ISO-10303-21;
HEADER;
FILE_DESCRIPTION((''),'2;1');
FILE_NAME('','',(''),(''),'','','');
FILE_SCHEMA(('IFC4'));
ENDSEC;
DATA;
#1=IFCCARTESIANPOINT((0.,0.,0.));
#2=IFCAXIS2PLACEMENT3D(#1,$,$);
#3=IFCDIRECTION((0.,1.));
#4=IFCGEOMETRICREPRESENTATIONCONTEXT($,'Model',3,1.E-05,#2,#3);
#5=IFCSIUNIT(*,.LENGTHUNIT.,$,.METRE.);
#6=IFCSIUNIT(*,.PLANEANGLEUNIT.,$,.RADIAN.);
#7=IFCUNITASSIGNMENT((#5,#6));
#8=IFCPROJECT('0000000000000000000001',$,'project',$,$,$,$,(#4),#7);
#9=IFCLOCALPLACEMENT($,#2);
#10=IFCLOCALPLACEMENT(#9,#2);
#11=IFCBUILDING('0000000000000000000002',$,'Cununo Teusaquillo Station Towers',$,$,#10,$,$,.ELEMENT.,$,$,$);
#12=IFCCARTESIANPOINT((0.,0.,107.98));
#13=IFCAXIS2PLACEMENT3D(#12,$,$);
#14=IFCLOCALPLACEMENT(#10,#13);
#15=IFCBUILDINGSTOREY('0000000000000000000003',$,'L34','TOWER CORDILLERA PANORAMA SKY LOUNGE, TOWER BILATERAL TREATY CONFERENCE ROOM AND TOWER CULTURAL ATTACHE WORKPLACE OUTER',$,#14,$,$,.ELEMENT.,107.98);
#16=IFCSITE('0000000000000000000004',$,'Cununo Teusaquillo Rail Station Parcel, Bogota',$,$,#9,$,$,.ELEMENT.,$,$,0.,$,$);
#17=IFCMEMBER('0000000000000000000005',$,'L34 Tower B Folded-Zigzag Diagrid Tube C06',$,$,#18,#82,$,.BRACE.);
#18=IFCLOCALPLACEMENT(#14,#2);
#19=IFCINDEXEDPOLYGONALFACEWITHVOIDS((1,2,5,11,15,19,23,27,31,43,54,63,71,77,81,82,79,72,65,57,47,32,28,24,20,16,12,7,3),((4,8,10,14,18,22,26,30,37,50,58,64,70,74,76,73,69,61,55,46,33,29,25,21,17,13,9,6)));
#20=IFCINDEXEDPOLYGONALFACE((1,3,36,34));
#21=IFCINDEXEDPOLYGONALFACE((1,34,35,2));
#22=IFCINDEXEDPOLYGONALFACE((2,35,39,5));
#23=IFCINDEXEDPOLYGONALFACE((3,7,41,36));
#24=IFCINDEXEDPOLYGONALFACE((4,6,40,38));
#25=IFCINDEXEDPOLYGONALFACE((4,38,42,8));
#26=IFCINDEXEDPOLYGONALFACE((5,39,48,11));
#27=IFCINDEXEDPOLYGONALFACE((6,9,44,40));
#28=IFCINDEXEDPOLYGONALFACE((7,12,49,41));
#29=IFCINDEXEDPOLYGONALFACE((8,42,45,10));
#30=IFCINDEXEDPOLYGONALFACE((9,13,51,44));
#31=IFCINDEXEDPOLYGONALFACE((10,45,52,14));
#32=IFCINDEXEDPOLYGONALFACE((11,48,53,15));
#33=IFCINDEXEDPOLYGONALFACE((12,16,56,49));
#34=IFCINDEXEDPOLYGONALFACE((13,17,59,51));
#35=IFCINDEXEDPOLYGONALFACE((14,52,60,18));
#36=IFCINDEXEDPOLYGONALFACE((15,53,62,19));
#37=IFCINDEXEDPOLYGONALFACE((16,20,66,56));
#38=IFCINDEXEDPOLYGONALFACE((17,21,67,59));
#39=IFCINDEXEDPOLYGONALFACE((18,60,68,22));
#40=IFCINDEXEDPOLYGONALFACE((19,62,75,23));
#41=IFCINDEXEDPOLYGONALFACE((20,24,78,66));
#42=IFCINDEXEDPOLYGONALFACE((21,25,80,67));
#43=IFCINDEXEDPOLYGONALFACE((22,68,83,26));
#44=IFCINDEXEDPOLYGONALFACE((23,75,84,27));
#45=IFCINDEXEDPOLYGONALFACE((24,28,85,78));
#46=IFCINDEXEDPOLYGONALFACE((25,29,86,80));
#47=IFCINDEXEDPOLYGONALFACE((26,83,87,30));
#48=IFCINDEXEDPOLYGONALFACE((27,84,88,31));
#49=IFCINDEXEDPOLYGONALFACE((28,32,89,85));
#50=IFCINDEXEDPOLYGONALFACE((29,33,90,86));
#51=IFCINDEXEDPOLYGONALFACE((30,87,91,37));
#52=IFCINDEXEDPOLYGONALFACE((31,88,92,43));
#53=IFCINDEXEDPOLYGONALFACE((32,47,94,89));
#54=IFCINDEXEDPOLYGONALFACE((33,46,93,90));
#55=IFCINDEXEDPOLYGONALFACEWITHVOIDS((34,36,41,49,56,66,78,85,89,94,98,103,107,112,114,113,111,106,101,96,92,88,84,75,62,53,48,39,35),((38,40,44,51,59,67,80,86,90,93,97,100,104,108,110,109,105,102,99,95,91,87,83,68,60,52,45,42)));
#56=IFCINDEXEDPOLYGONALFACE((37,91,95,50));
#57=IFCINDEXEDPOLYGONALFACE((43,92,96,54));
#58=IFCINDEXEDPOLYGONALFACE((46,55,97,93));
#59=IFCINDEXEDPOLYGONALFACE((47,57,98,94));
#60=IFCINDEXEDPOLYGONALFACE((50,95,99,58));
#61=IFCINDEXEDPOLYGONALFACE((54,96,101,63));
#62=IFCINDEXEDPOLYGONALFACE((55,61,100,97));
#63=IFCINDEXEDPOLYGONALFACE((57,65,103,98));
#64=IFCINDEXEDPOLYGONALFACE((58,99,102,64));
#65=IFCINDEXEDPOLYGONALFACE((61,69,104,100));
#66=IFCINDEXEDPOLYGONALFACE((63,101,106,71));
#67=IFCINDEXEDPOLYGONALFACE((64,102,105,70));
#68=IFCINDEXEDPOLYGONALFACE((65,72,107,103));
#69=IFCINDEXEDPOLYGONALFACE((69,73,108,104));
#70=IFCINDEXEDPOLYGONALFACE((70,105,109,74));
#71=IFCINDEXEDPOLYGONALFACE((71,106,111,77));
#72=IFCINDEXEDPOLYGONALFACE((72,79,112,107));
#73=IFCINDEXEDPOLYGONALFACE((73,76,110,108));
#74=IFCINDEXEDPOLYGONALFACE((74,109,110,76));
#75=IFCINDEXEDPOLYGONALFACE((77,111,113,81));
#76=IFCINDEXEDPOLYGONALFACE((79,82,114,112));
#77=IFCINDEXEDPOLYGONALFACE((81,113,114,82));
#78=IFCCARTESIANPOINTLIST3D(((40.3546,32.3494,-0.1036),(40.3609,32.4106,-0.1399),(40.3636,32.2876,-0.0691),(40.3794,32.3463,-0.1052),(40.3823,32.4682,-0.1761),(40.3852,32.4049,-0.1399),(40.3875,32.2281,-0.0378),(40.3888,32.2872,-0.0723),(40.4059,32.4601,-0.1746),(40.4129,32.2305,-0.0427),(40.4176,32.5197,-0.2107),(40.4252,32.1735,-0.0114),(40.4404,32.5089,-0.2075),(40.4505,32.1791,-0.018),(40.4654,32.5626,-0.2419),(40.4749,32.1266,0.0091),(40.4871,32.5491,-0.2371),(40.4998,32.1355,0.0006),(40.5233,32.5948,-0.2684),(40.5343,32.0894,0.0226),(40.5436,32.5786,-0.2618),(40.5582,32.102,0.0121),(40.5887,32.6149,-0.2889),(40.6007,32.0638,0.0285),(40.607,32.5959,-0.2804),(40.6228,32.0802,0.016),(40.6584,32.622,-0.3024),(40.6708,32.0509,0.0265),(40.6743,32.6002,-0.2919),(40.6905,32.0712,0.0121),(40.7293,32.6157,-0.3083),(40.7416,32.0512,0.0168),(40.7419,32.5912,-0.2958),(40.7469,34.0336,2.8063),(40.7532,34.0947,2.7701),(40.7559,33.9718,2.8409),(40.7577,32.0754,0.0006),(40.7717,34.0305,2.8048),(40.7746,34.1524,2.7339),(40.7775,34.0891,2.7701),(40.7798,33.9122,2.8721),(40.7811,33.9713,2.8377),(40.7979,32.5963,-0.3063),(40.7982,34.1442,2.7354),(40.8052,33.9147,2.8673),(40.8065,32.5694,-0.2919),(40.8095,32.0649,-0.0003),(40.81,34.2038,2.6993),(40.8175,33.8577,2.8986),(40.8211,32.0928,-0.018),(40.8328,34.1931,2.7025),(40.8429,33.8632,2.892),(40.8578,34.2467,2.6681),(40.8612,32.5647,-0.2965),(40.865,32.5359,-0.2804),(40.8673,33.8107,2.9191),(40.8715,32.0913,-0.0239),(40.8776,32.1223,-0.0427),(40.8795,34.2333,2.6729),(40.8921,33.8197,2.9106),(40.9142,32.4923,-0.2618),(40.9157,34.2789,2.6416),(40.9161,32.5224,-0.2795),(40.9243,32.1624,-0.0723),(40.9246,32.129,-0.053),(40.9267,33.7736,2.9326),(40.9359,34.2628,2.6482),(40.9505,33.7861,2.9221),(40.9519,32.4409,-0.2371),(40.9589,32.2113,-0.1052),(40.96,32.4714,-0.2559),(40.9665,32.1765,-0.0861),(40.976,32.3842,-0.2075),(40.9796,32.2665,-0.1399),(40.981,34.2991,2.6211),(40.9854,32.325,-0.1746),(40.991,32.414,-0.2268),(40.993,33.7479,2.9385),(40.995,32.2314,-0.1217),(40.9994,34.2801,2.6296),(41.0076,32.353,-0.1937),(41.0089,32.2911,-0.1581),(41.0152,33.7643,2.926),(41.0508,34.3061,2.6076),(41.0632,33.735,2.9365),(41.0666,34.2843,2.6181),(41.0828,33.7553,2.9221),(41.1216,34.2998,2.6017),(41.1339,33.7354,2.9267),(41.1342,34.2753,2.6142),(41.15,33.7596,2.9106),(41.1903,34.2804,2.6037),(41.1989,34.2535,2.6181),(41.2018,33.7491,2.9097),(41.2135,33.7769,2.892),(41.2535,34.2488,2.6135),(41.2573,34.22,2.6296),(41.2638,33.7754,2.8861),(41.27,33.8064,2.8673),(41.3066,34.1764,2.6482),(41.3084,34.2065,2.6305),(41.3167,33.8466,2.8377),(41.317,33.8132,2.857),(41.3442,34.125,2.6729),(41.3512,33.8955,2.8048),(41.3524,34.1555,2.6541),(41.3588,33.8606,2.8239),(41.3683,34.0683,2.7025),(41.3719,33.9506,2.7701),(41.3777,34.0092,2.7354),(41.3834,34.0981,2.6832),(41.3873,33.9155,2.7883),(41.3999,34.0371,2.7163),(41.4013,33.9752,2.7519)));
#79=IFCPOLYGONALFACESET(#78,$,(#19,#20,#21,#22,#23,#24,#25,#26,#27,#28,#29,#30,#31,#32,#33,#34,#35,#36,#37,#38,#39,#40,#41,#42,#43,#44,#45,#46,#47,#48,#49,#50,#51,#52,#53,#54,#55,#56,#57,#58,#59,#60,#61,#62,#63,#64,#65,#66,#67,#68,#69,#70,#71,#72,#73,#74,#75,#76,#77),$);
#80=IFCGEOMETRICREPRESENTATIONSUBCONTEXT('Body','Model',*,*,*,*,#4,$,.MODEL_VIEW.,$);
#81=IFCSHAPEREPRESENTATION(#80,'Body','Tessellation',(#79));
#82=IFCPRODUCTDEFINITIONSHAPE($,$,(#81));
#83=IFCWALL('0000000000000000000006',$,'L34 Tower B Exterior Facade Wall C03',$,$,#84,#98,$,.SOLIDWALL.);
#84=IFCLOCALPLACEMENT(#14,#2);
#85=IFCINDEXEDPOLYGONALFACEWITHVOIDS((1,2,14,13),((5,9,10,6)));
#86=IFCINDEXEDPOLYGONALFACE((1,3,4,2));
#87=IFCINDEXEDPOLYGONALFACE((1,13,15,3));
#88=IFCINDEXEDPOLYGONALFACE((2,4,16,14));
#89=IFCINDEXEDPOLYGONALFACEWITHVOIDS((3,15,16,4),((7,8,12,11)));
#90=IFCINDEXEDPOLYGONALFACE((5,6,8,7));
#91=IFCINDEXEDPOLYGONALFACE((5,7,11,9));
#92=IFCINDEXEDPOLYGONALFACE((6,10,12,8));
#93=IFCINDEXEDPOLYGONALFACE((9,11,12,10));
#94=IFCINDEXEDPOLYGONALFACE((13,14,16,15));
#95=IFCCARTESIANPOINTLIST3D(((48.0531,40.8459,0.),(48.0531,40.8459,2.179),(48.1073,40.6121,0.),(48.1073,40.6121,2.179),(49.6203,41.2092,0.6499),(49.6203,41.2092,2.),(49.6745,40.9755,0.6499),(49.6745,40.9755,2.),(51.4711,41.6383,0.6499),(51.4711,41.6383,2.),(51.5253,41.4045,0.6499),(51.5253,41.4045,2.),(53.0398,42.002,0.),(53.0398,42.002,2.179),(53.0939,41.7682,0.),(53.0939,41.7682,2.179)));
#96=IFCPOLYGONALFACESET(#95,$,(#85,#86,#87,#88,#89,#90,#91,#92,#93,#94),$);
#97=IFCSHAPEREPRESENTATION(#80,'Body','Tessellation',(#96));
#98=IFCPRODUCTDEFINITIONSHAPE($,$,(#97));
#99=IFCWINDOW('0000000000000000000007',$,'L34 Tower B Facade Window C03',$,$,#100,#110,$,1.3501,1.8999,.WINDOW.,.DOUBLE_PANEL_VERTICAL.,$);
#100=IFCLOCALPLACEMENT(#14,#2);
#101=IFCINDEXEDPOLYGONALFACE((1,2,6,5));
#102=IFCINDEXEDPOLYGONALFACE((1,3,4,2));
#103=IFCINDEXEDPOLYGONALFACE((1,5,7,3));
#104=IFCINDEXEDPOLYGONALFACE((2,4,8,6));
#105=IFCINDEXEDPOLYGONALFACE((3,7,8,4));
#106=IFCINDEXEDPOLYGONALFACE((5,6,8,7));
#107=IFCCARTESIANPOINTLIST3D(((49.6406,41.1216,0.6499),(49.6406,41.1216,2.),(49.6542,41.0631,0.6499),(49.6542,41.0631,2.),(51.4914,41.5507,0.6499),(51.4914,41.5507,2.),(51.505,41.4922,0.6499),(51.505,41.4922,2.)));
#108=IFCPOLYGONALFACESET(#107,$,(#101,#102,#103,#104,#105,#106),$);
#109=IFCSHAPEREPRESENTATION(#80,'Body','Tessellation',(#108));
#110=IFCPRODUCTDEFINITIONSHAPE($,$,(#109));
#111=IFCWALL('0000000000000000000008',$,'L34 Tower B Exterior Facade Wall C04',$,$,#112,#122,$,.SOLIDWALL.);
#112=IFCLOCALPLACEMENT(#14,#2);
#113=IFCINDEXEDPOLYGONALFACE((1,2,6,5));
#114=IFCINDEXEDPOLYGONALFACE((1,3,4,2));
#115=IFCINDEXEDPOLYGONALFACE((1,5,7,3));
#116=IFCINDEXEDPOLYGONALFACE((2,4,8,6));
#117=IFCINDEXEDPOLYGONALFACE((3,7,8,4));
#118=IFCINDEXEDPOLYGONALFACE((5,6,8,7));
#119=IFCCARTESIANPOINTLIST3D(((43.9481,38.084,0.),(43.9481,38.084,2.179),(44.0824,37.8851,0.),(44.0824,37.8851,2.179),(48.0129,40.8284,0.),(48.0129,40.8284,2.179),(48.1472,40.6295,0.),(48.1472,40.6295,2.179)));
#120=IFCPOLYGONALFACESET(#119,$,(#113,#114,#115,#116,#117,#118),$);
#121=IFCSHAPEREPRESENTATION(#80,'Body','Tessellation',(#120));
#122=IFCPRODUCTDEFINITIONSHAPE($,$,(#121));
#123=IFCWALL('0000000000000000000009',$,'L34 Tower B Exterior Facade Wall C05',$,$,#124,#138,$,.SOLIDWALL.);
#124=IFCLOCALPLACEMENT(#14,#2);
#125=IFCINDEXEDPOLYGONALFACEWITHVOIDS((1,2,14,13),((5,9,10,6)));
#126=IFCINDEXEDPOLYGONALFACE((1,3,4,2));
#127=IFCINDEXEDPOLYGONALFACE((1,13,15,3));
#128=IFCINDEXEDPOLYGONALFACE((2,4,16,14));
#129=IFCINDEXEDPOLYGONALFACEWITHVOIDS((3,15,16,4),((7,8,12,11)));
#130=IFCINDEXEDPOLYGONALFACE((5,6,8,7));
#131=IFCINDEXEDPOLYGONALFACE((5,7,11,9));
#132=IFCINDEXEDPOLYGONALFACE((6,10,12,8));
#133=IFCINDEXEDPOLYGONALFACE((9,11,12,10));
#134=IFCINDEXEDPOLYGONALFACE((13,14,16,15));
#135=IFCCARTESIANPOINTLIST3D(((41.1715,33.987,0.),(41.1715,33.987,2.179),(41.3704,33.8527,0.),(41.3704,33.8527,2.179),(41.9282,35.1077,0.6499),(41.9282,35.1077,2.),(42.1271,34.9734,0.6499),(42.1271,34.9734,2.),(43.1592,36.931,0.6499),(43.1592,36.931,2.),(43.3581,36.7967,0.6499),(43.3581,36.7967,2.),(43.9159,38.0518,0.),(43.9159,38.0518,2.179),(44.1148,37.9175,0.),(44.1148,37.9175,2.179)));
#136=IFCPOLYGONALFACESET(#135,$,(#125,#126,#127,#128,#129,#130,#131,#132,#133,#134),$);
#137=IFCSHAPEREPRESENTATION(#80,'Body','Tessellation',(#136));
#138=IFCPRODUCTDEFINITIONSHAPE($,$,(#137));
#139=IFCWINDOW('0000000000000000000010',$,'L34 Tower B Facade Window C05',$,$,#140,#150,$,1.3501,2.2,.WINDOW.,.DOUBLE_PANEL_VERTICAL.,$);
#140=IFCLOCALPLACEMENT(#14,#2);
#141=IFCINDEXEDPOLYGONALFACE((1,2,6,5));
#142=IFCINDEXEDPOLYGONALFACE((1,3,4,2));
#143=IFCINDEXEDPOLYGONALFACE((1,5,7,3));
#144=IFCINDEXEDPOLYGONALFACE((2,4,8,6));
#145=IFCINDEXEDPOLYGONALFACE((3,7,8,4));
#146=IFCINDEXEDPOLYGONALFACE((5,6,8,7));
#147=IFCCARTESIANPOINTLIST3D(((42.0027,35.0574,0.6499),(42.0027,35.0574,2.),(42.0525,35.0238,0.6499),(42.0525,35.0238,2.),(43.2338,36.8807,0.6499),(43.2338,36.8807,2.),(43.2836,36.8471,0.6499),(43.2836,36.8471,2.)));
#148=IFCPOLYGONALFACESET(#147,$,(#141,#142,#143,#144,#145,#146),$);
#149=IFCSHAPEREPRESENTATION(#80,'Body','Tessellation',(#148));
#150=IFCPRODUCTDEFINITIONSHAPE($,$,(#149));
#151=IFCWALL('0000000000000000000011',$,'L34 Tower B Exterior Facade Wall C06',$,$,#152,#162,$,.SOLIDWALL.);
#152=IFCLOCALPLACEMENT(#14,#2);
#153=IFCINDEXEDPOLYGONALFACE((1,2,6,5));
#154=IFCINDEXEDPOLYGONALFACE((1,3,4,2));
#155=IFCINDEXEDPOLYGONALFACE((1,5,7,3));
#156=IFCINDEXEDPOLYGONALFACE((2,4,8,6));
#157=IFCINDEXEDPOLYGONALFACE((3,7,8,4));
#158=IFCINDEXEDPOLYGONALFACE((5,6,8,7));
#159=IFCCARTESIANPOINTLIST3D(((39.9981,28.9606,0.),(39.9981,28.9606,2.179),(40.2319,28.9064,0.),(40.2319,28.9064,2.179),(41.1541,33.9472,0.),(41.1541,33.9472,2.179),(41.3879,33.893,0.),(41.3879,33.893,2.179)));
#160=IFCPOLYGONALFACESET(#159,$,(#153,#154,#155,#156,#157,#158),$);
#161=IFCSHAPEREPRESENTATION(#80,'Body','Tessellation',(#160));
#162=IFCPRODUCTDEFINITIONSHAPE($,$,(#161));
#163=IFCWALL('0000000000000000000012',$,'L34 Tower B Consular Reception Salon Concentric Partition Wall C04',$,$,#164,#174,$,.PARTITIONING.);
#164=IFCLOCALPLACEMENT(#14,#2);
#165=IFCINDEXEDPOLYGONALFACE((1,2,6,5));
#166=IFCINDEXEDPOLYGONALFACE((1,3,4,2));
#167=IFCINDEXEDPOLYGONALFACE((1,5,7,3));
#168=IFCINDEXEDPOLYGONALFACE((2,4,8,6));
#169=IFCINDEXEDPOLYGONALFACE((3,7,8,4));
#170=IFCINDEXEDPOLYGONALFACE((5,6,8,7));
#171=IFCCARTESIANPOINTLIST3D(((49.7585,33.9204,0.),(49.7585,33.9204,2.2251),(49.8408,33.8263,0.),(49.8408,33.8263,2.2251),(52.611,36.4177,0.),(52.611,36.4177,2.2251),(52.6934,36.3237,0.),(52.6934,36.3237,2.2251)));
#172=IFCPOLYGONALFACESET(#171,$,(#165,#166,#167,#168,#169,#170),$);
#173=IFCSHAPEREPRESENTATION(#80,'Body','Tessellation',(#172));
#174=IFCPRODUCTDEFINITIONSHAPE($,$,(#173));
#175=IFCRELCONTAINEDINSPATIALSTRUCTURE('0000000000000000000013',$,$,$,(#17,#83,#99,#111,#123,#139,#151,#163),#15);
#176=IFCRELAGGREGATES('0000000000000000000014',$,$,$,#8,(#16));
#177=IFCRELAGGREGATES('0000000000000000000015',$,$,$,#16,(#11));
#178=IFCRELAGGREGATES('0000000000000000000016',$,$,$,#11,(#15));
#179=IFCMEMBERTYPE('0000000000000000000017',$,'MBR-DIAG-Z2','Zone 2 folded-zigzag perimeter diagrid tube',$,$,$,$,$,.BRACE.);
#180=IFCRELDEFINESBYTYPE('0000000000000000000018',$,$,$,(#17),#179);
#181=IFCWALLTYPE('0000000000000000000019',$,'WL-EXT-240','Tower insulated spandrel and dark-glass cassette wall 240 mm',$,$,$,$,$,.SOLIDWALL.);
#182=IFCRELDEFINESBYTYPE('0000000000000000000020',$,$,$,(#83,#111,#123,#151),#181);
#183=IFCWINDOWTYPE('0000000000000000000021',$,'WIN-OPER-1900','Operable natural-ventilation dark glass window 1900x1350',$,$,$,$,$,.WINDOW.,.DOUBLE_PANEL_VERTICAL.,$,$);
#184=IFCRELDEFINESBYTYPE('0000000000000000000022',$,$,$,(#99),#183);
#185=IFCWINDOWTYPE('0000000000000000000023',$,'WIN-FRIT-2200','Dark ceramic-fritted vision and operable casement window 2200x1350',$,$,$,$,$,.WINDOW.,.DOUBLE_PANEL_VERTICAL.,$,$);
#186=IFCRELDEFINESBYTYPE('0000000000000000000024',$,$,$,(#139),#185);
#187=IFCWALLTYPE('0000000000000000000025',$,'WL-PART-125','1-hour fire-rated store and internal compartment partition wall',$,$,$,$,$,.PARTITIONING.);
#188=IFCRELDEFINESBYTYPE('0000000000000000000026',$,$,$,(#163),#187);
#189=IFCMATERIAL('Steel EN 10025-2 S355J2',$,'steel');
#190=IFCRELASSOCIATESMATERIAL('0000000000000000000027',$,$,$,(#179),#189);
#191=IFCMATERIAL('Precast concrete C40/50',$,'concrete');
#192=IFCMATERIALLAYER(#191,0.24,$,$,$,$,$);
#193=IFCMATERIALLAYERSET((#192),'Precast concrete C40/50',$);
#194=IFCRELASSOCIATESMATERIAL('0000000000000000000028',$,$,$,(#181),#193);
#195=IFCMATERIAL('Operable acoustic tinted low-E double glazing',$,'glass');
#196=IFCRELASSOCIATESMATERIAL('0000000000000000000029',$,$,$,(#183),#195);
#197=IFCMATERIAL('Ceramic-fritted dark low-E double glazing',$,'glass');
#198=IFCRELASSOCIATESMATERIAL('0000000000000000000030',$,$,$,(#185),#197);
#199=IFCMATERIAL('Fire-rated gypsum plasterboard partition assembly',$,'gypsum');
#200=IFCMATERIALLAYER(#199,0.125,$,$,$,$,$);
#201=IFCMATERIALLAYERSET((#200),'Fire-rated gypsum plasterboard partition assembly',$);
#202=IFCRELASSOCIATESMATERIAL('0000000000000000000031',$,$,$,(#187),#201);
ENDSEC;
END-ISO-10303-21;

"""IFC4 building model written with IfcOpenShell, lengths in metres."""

from ifc_helpers import new_model, si_unit, direction, frame, frame_2d, origin, origin_2d, place, context, subcontext, project, spatial, rectangle, hollow_circle, extrude, source, transform, mapped, material, layer, layer_set, material_profile, profile_set, type_object, element, fill, save


model = new_model("IFC4")

# Units and contexts
model_context = context("Model", 3, precision=1e-05, world=origin(), true_north=direction((0.0, 1.0)))
body_context = subcontext(model_context, "Body", "Model", "MODEL_VIEW")
ifc_project = project(units=[si_unit("LENGTHUNIT", "METRE"), si_unit("PLANEANGLEUNIT", "RADIAN")], contexts=[model_context])

# Site, building, storey
site_placement = place(None, origin())
site = spatial("IfcSite", under=ifc_project, at=site_placement, Name="Cununo Teusaquillo Rail Station Parcel, Bogota", CompositionType="ELEMENT", RefElevation=0.0)
building_placement = place(site_placement, origin())
building = spatial("IfcBuilding", under=site, at=building_placement, Name="Cununo Teusaquillo Station Towers", CompositionType="ELEMENT")
storey_placement = place(building_placement, frame((0.0, 0.0, 107.98)))
storey = spatial("IfcBuildingStorey", under=building, at=storey_placement, Name="L34", Description="TOWER CORDILLERA PANORAMA SKY LOUNGE, TOWER BILATERAL TREATY CONFERENCE ROOM AND TOWER CULTURAL ATTACHE WORKPLACE OUTER", CompositionType="ELEMENT", Elevation=107.98)

# Member
ifc_material_1 = material(Name="Steel EN 10025-2 S355J2", Category="steel")
ifc_material_profile_1 = material_profile(ifc_material_1, hollow_circle(Radius=0.3301, WallThickness=0.0249, at=origin_2d()), Name="CHS 660x25")
ifc_profile_set_1 = profile_set([ifc_material_profile_1], Name="Steel EN 10025-2 S355J2")
member_type = type_object("IfcMemberType", Name="MBR-DIAG-Z2", Description="Zone 2 folded-zigzag perimeter diagrid tube", PredefinedType="BRACE", material=ifc_profile_set_1)
member_1_placement = place(storey_placement, frame((40.6824, 32.3357, -0.1399), z_axis=(0.115907, 0.497526, 0.859671), x_axis=(-0.97392, 0.22689, 0.0)))
element("IfcMember", 1, at=member_1_placement, inside=storey, type_object=member_type, Name="L34 Tower B Folded-Zigzag Diagrid Tube C06", PredefinedType="BRACE", context=body_context, shape_type="SweptSolid", body=[
    extrude(hollow_circle(Radius=0.3301, WallThickness=0.0249, at=origin_2d()), origin(), (0.0, 0.0, 1.0), 3.385),
])

# Wall, opening, window
ifc_material_2 = material(Name="Precast concrete C40/50", Category="concrete")
ifc_layer_1 = layer(ifc_material_2, 0.24)
ifc_layer_set_1 = layer_set([ifc_layer_1], Name="Precast concrete C40/50")
wall_type_1 = type_object("IfcWallType", Name="WL-EXT-240", Description="Tower insulated spandrel and dark-glass cassette wall 240 mm", PredefinedType="SOLIDWALL", material=ifc_layer_set_1)
wall_1_placement = place(storey_placement, frame((48.0801, 40.729, 0.0), z_axis=(0.0, 0.0, 1.0), x_axis=(0.974166, 0.225835, 0.0)))
wall_1 = element("IfcWall", 2, at=wall_1_placement, inside=storey, type_object=wall_type_1, Name="L34 Tower B Exterior Facade Wall C03", PredefinedType="SOLIDWALL", context=body_context, shape_type="SweptSolid", body=[
    extrude(rectangle(XDim=5.1189, YDim=0.24, at=frame_2d((2.5596, 0.0))), origin(), (0.0, 0.0, 1.0), 2.179),
])
shared_shape_1 = source(origin(), body_context, "Body", "SweptSolid", [
    extrude(rectangle(XDim=1.8999, YDim=1.3501, at=frame_2d((0.95, 0.675))), frame((0.0, 0.1299, 0.0), z_axis=(0.0, -1.0, 0.0), x_axis=(1.0, 0.0, 0.0)), (0.0, 0.0, 1.0), 0.26),
])
opening_1_placement = place(wall_1_placement, frame((1.6089, 0.0, 0.6499)))
opening_1 = element("IfcOpeningElement", 3, at=opening_1_placement, cuts=wall_1, PredefinedType="OPENING", context=body_context, shape_type="MappedRepresentation", body=[
    mapped(shared_shape_1, transform((0.0, 0.0, 0.0), x_axis=(1.0, 0.0, 0.0), y_axis=(0.0, 1.0, 0.0), z_axis=(0.0, 0.0, 1.0), scale=1.0)),
])
ifc_material_3 = material(Name="Operable acoustic tinted low-E double glazing", Category="glass")
window_type_1 = type_object("IfcWindowType", Name="WIN-OPER-1900", Description="Operable natural-ventilation dark glass window 1900x1350", PartitioningType="DOUBLE_PANEL_VERTICAL", PredefinedType="WINDOW", material=ifc_material_3)
shared_shape_2 = source(origin(), body_context, "Body", "SweptSolid", [
    extrude(rectangle(XDim=1.8999, YDim=1.3501, at=frame_2d((0.95, 0.675))), frame((0.0, 0.03, 0.0), z_axis=(0.0, -1.0, 0.0), x_axis=(1.0, 0.0, 0.0)), (0.0, 0.0, 1.0), 0.0601),
])
window_1_placement = place(opening_1_placement, origin())
window_1 = element("IfcWindow", 4, at=window_1_placement, inside=storey, type_object=window_type_1, Name="L34 Tower B Facade Window C03", OverallHeight=1.3501, OverallWidth=1.8999, PartitioningType="DOUBLE_PANEL_VERTICAL", PredefinedType="WINDOW", context=body_context, shape_type="MappedRepresentation", body=[
    mapped(shared_shape_2, transform((0.0, 0.0, 0.0), x_axis=(1.0, 0.0, 0.0), y_axis=(0.0, 1.0, 0.0), z_axis=(0.0, 0.0, 1.0), scale=1.0)),
])
fill(opening_1, window_1)

# Wall
wall_2_placement = place(storey_placement, frame((44.0154, 37.9846, 0.0), z_axis=(0.0, 0.0, 1.0), x_axis=(0.828781, 0.559573, 0.0)))
element("IfcWall", 5, at=wall_2_placement, inside=storey, type_object=wall_type_1, Name="L34 Tower B Exterior Facade Wall C04", PredefinedType="SOLIDWALL", context=body_context, shape_type="SweptSolid", body=[
    extrude(rectangle(XDim=4.9045, YDim=0.24, at=frame_2d((2.4521, 0.0))), origin(), (0.0, 0.0, 1.0), 2.179),
])

# Wall, opening, window
wall_3_placement = place(storey_placement, frame((41.271, 33.9199, 0.0), z_axis=(0.0, 0.0, 1.0), x_axis=(0.559573, 0.828781, 0.0)))
wall_3 = element("IfcWall", 6, at=wall_3_placement, inside=storey, type_object=wall_type_1, Name="L34 Tower B Exterior Facade Wall C05", PredefinedType="SOLIDWALL", context=body_context, shape_type="SweptSolid", body=[
    extrude(rectangle(XDim=4.9045, YDim=0.24, at=frame_2d((2.4521, 0.0))), origin(), (0.0, 0.0, 1.0), 2.179),
])
shared_shape_3 = source(origin(), body_context, "Body", "SweptSolid", [
    extrude(rectangle(XDim=2.2, YDim=1.3501, at=frame_2d((1.1001, 0.675))), frame((0.0, 0.1299, 0.0), z_axis=(0.0, -1.0, 0.0), x_axis=(1.0, 0.0, 0.0)), (0.0, 0.0, 1.0), 0.26),
])
opening_2_placement = place(wall_3_placement, frame((1.3521, 0.0, 0.6499)))
opening_2 = element("IfcOpeningElement", 7, at=opening_2_placement, cuts=wall_3, PredefinedType="OPENING", context=body_context, shape_type="MappedRepresentation", body=[
    mapped(shared_shape_3, transform((0.0, 0.0, 0.0), x_axis=(1.0, 0.0, 0.0), y_axis=(0.0, 1.0, 0.0), z_axis=(0.0, 0.0, 1.0), scale=1.0)),
])
ifc_material_4 = material(Name="Ceramic-fritted dark low-E double glazing", Category="glass")
window_type_2 = type_object("IfcWindowType", Name="WIN-FRIT-2200", Description="Dark ceramic-fritted vision and operable casement window 2200x1350", PartitioningType="DOUBLE_PANEL_VERTICAL", PredefinedType="WINDOW", material=ifc_material_4)
shared_shape_4 = source(origin(), body_context, "Body", "SweptSolid", [
    extrude(rectangle(XDim=2.2, YDim=1.3501, at=frame_2d((1.1001, 0.675))), frame((0.0, 0.03, 0.0), z_axis=(0.0, -1.0, 0.0), x_axis=(1.0, 0.0, 0.0)), (0.0, 0.0, 1.0), 0.0601),
])
window_2_placement = place(opening_2_placement, origin())
window_2 = element("IfcWindow", 8, at=window_2_placement, inside=storey, type_object=window_type_2, Name="L34 Tower B Facade Window C05", OverallHeight=1.3501, OverallWidth=2.2, PartitioningType="DOUBLE_PANEL_VERTICAL", PredefinedType="WINDOW", context=body_context, shape_type="MappedRepresentation", body=[
    mapped(shared_shape_4, transform((0.0, 0.0, 0.0), x_axis=(1.0, 0.0, 0.0), y_axis=(0.0, 1.0, 0.0), z_axis=(0.0, 0.0, 1.0), scale=1.0)),
])
fill(opening_2, window_2)

# Walls
wall_4_placement = place(storey_placement, frame((40.115, 28.9333, 0.0), z_axis=(0.0, 0.0, 1.0), x_axis=(0.225835, 0.974166, 0.0)))
element("IfcWall", 9, at=wall_4_placement, inside=storey, type_object=wall_type_1, Name="L34 Tower B Exterior Facade Wall C06", PredefinedType="SOLIDWALL", context=body_context, shape_type="SweptSolid", body=[
    extrude(rectangle(XDim=5.1189, YDim=0.24, at=frame_2d((2.5596, 0.0))), origin(), (0.0, 0.0, 1.0), 2.179),
])
ifc_material_5 = material(Name="Fire-rated gypsum plasterboard partition assembly", Category="gypsum")
ifc_layer_2 = layer(ifc_material_5, 0.125)
ifc_layer_set_2 = layer_set([ifc_layer_2], Name="Fire-rated gypsum plasterboard partition assembly")
wall_type_2 = type_object("IfcWallType", Name="WL-PART-125", Description="1-hour fire-rated store and internal compartment partition wall", PredefinedType="PARTITIONING", material=ifc_layer_set_2)
wall_5_placement = place(storey_placement, frame((52.6521, 36.3706, 0.0), z_axis=(0.0, 0.0, 1.0), x_axis=(-0.752401, -0.658705, 0.0)))
element("IfcWall", 10, at=wall_5_placement, inside=storey, type_object=wall_type_2, Name="L34 Tower B Consular Reception Salon Concentric Partition Wall C04", PredefinedType="PARTITIONING", context=body_context, shape_type="SweptSolid", body=[
    extrude(rectangle(XDim=3.7913, YDim=0.125, at=frame_2d((1.8955, 0.0))), origin(), (0.0, 0.0, 1.0), 2.2251),
])

save(model, "model.ifc")
